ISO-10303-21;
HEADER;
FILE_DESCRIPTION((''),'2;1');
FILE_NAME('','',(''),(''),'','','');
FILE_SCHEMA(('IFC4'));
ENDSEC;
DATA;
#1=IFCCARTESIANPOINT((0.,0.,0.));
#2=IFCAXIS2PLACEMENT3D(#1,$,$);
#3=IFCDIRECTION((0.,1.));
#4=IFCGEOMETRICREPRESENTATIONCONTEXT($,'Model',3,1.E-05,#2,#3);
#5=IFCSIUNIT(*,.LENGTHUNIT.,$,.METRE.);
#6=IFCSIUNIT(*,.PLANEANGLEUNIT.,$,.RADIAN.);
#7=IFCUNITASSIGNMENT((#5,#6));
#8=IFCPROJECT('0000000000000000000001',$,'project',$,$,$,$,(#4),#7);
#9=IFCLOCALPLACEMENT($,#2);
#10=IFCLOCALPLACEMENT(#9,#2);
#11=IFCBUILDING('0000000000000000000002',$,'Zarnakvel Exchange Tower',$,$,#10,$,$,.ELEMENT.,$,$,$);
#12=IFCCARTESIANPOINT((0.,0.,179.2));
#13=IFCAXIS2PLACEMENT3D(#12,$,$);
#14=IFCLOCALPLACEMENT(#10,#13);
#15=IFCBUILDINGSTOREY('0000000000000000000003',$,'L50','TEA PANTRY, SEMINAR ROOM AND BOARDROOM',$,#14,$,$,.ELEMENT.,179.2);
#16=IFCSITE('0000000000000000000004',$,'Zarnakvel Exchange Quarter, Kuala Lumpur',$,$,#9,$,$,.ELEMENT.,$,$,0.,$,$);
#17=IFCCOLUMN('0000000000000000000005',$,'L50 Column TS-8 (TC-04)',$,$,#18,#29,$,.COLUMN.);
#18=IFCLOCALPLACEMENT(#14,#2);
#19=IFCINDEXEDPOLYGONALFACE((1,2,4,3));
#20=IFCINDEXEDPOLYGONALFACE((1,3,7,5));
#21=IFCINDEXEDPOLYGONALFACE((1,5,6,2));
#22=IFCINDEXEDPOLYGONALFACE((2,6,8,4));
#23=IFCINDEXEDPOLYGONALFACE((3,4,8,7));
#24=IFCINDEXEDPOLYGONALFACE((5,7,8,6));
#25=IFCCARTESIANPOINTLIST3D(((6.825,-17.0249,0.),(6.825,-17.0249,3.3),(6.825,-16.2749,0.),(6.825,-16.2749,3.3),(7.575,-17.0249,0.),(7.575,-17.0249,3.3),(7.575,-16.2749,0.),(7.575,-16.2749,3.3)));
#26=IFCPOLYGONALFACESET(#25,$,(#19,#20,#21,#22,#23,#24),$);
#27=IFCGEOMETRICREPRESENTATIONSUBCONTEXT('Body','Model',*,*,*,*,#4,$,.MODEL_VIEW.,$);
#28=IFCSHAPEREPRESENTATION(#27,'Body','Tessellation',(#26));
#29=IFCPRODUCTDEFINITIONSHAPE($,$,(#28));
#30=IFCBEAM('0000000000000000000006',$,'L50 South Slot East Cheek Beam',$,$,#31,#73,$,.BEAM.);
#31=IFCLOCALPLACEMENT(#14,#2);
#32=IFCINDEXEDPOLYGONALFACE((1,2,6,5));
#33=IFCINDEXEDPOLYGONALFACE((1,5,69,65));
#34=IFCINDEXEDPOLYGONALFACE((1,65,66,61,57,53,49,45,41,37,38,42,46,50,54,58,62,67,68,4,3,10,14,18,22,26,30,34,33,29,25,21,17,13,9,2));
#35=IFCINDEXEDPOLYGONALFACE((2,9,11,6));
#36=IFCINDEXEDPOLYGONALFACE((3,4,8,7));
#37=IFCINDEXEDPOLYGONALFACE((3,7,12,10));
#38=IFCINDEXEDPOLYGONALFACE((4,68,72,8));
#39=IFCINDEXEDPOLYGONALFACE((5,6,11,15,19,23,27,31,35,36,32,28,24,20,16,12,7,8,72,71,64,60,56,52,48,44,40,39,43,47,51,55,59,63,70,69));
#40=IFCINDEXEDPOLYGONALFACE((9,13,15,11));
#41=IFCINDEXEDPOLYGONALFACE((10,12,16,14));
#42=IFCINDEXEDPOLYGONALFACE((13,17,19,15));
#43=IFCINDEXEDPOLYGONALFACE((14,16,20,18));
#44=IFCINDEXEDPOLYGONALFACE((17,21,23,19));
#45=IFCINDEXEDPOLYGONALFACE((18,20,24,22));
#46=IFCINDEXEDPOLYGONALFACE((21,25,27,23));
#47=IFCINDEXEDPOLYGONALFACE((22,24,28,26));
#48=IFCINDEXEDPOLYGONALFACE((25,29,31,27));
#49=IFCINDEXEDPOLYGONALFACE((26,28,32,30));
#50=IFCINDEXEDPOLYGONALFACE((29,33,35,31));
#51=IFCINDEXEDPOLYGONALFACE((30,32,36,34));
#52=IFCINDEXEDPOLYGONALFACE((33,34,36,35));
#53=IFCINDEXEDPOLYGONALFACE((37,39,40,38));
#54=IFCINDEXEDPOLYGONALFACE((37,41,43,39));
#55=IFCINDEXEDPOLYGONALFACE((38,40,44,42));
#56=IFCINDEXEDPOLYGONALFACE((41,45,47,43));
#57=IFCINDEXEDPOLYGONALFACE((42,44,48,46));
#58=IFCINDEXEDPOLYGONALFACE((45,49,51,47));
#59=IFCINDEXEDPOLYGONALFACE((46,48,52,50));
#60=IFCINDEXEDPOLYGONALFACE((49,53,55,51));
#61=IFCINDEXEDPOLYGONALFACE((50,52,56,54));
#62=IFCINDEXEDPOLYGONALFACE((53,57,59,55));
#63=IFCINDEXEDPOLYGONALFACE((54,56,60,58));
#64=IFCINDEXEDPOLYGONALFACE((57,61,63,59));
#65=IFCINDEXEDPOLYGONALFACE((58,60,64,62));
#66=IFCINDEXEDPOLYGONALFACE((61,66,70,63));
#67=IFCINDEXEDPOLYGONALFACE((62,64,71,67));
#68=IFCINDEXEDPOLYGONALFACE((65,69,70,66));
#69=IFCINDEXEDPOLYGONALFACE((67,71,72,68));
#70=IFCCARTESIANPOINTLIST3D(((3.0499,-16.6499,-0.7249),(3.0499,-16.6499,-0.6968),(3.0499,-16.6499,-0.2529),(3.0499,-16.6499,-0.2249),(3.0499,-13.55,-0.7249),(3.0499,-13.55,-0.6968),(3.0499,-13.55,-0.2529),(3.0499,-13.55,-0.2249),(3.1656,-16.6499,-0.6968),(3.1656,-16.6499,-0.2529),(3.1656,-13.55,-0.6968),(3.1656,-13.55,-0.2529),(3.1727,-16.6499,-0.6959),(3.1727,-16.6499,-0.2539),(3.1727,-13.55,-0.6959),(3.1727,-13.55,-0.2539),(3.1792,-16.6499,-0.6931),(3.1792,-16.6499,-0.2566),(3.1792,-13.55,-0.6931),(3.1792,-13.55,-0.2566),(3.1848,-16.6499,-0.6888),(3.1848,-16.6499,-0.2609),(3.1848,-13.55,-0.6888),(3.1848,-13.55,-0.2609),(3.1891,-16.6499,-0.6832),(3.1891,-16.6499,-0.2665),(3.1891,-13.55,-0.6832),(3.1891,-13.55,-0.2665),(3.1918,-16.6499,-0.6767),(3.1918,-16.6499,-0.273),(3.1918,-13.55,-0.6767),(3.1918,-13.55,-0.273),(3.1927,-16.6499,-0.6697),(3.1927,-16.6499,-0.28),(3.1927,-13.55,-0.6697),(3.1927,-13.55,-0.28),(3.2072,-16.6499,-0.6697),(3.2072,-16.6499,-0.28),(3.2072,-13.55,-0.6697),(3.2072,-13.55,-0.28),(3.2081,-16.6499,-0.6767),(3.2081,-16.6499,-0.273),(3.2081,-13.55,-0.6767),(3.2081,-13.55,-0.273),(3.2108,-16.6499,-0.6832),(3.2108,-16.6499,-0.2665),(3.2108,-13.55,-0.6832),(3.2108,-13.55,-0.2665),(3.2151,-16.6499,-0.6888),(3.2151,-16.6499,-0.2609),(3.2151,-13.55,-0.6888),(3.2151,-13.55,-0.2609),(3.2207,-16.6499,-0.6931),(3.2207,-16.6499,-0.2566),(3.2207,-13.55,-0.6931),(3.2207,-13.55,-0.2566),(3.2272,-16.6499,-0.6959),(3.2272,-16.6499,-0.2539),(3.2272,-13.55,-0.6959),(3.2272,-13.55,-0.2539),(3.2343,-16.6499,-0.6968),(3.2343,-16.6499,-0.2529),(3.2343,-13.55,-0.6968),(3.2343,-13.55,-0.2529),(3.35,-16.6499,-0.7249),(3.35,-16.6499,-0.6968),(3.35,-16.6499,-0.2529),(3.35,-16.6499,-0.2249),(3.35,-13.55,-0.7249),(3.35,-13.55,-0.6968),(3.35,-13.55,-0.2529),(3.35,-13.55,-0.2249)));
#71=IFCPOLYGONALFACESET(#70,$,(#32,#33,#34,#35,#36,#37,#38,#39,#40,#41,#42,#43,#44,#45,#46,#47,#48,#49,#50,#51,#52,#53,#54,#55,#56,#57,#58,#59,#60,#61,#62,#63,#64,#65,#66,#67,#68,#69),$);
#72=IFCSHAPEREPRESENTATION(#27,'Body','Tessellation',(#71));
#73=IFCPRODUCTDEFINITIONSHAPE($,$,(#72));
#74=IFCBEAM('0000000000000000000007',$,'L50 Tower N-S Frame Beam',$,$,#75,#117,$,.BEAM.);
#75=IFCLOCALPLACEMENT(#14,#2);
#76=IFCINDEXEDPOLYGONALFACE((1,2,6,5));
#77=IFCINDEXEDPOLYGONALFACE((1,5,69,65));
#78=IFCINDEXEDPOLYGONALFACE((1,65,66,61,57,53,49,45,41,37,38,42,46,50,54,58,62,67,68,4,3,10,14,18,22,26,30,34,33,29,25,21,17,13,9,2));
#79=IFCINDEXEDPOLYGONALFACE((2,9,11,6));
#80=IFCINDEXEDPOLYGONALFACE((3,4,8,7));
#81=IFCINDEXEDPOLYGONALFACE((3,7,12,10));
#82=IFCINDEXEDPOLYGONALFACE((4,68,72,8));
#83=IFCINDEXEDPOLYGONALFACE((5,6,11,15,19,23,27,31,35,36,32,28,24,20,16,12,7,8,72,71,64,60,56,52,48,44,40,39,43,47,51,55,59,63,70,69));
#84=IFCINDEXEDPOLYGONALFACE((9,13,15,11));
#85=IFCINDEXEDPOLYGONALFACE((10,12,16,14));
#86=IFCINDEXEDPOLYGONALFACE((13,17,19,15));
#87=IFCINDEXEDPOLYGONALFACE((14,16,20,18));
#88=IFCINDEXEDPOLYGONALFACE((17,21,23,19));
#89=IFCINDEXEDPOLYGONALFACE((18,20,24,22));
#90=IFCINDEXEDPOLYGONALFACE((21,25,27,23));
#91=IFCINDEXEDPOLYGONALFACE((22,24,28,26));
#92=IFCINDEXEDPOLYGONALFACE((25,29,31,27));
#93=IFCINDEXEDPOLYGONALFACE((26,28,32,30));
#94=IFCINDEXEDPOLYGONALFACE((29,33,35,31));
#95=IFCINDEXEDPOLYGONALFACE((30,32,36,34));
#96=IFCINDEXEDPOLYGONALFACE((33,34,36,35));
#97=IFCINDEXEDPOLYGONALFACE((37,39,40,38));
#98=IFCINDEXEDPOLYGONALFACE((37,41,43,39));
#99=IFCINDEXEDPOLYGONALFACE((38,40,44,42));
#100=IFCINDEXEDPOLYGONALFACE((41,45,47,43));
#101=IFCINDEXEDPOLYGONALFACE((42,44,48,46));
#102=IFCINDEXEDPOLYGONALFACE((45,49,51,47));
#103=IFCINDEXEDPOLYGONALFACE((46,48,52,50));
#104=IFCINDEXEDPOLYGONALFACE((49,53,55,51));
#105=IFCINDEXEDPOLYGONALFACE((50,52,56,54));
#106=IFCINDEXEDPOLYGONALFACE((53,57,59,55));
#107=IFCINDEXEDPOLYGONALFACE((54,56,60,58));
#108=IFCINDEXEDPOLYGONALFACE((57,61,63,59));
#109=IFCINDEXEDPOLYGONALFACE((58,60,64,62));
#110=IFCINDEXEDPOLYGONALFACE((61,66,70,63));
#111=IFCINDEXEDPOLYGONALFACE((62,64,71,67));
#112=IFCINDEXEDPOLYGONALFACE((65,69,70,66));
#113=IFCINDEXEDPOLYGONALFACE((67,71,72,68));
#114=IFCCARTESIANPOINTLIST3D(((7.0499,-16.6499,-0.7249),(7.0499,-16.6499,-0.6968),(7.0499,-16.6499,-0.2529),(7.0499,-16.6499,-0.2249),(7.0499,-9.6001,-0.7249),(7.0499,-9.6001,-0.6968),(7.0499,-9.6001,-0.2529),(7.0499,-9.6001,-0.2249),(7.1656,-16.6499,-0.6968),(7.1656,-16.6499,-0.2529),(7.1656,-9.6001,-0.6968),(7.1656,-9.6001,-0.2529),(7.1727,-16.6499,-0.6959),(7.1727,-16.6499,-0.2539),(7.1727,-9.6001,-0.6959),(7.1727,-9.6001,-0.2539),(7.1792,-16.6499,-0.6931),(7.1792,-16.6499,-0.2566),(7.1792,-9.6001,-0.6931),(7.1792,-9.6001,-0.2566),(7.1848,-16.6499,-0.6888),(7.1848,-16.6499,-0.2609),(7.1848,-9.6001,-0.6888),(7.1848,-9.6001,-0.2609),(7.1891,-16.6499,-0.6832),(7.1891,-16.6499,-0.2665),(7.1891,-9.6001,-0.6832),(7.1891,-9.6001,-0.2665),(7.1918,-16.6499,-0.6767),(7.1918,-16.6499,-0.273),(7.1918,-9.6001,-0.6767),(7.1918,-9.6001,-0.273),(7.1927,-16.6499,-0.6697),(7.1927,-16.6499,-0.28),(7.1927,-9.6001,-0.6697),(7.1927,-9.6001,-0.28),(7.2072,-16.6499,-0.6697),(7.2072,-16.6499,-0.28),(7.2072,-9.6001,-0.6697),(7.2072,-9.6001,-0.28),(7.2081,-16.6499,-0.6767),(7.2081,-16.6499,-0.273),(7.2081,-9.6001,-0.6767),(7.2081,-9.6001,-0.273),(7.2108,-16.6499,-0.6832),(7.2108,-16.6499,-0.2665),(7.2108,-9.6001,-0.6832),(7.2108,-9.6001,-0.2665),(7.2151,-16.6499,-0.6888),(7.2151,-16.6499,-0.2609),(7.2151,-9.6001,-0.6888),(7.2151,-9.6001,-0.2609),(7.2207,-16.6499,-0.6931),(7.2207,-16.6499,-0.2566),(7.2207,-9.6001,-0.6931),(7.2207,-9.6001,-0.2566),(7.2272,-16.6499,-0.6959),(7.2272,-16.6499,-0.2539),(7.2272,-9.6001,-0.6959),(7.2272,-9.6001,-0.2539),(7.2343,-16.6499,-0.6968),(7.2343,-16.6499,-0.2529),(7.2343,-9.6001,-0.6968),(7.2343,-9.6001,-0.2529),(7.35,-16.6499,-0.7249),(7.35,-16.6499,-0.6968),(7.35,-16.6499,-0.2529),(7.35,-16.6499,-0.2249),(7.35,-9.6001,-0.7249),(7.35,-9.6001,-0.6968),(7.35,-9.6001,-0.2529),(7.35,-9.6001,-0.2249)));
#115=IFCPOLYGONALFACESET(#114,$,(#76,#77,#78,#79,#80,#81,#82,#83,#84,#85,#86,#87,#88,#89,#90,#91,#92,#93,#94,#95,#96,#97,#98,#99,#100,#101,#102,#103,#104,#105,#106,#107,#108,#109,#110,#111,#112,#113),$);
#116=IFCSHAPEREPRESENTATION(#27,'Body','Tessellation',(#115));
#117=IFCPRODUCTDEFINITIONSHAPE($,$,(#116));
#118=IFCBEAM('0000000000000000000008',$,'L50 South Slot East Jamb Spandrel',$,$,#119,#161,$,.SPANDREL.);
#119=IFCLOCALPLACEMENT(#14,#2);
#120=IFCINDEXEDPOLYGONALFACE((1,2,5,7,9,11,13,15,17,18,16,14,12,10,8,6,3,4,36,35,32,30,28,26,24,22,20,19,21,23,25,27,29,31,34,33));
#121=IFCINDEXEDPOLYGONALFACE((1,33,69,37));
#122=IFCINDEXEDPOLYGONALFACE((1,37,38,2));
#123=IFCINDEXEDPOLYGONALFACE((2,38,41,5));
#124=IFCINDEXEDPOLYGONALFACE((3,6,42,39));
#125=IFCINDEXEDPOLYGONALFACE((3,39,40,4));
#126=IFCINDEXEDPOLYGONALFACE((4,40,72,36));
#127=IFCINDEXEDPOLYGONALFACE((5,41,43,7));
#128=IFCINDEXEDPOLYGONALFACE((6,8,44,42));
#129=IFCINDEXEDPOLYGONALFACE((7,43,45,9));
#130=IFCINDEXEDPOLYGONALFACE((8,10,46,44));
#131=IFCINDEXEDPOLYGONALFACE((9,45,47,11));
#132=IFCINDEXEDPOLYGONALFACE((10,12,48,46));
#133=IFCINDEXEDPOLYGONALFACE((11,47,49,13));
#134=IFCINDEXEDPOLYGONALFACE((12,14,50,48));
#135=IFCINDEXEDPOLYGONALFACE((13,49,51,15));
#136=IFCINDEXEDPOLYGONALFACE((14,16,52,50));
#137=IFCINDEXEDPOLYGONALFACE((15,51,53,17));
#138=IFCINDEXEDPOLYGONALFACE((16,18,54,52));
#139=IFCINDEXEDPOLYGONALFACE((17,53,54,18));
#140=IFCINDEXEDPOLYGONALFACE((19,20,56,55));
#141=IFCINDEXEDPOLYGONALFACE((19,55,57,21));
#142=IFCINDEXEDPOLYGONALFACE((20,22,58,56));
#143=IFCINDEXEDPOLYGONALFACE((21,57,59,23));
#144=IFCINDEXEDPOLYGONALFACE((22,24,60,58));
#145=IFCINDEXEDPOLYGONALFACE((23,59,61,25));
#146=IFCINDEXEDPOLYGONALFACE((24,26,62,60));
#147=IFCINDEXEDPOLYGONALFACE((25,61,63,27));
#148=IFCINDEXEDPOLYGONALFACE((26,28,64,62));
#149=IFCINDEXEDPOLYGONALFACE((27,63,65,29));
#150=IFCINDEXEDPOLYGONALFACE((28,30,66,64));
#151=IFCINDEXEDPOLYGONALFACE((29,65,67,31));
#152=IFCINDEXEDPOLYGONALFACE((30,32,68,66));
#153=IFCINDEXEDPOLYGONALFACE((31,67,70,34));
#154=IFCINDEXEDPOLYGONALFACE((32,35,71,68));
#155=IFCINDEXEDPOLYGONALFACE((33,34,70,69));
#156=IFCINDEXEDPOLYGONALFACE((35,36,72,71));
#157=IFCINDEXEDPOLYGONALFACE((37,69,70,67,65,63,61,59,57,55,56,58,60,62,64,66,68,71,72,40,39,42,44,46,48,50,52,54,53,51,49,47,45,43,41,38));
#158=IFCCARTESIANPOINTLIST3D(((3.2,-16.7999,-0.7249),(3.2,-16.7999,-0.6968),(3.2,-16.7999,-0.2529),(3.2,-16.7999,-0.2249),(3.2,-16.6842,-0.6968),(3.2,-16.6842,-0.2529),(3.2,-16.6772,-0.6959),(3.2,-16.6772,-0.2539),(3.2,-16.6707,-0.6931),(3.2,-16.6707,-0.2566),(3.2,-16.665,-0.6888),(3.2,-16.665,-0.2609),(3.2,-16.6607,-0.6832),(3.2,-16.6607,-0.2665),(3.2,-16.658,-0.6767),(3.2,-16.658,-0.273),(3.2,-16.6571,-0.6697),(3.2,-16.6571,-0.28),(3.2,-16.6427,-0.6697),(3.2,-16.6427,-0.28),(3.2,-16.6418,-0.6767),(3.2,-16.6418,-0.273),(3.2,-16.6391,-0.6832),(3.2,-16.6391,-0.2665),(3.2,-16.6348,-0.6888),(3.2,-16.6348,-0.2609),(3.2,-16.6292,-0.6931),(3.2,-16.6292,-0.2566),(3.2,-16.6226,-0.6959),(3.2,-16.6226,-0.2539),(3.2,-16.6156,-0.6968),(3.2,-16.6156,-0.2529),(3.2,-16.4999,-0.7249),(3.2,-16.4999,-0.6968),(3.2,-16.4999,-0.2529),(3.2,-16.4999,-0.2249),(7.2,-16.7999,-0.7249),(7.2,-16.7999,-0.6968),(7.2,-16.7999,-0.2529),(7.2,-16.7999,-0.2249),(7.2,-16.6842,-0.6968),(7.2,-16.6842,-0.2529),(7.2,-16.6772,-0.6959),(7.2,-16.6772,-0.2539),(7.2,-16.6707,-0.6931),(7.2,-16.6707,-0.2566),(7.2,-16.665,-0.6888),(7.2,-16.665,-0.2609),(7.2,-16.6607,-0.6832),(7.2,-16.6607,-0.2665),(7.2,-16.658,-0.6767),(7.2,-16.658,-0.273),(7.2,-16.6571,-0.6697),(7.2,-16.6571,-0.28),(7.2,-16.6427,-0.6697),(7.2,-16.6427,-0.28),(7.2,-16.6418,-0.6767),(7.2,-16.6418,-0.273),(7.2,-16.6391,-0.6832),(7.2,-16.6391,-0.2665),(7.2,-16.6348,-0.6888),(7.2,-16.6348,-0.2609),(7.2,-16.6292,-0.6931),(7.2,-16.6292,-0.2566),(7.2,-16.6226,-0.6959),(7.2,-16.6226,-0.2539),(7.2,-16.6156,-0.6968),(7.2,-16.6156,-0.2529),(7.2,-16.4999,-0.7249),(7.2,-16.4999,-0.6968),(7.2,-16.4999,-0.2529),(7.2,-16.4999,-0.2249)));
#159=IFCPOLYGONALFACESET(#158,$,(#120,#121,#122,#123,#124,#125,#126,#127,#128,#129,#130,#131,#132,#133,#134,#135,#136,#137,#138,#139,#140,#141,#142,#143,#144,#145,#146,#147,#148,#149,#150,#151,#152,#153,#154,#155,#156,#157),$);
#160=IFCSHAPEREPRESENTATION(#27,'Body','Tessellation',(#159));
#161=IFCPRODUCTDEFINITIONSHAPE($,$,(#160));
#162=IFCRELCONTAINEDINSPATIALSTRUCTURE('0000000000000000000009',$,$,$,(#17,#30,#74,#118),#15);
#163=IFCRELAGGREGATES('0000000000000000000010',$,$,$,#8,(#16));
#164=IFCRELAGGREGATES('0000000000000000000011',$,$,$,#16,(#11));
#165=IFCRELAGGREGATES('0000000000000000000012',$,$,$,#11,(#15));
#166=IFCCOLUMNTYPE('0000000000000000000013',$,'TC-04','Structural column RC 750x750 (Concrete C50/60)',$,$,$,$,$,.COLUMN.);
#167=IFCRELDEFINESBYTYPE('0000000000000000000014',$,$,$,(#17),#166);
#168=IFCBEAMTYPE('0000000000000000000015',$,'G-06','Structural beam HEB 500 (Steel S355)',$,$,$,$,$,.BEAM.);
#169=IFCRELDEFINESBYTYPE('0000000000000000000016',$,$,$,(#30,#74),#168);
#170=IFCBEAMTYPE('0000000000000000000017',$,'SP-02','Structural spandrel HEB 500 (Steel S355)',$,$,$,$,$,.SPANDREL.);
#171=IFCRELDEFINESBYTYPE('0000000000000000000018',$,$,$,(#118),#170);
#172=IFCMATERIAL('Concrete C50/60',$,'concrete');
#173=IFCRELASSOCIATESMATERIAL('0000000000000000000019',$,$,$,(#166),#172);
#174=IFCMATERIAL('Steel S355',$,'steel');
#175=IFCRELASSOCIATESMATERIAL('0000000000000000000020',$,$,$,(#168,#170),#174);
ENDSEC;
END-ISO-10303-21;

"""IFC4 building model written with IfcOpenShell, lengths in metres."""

from ifc_helpers import new_model, si_unit, direction, frame, origin, origin_2d, place, context, subcontext, project, spatial, rectangle, i_section, extrude, material, material_profile, profile_set, type_object, element, save


model = new_model("IFC4")

# Units and contexts
model_context = context("Model", 3, precision=1e-05, world=origin(), true_north=direction((0.0, 1.0)))
body_context = subcontext(model_context, "Body", "Model", "MODEL_VIEW")
ifc_project = project(units=[si_unit("LENGTHUNIT", "METRE"), si_unit("PLANEANGLEUNIT", "RADIAN")], contexts=[model_context])

# Site, building, storey
site_placement = place(None, origin())
site = spatial("IfcSite", under=ifc_project, at=site_placement, Name="Zarnakvel Exchange Quarter, Kuala Lumpur", CompositionType="ELEMENT", RefElevation=0.0)
building_placement = place(site_placement, origin())
building = spatial("IfcBuilding", under=site, at=building_placement, Name="Zarnakvel Exchange Tower", CompositionType="ELEMENT")
storey_placement = place(building_placement, frame((0.0, 0.0, 179.2)))
storey = spatial("IfcBuildingStorey", under=building, at=storey_placement, Name="L50", Description="TEA PANTRY, SEMINAR ROOM AND BOARDROOM", CompositionType="ELEMENT", Elevation=179.2)

# Column
ifc_material_1 = material(Name="Concrete C50/60", Category="concrete")
ifc_material_profile_1 = material_profile(ifc_material_1, rectangle(XDim=0.75, YDim=0.75, at=origin_2d()))
ifc_profile_set_1 = profile_set([ifc_material_profile_1], Name="Concrete C50/60")
column_type = type_object("IfcColumnType", Name="TC-04", Description="Structural column RC 750x750 (Concrete C50/60)", PredefinedType="COLUMN", material=ifc_profile_set_1)
column_placement = place(storey_placement, frame((7.2, -16.6499, 0.0), z_axis=(0.0, 0.0, 1.0), x_axis=(1.0, 0.0, 0.0)))
element("IfcColumn", 1, at=column_placement, inside=storey, type_object=column_type, Name="L50 Column TS-8 (TC-04)", PredefinedType="COLUMN", context=body_context, shape_type="SweptSolid", body=[
    extrude(rectangle(XDim=0.75, YDim=0.75, at=origin_2d()), origin(), (0.0, 0.0, 1.0), 3.3),
])

# Beams
ifc_material_2 = material(Name="Steel S355", Category="steel")
ifc_material_profile_2 = material_profile(ifc_material_2, i_section(OverallWidth=0.3, OverallDepth=0.5, WebThickness=0.0144, FlangeThickness=0.0281, FilletRadius=0.0271, at=origin_2d()))
ifc_profile_set_2 = profile_set([ifc_material_profile_2], Name="Steel S355")
beam_type_1 = type_object("IfcBeamType", Name="G-06", Description="Structural beam HEB 500 (Steel S355)", PredefinedType="BEAM", material=ifc_profile_set_2)
beam_1_placement = place(storey_placement, frame((3.2, -16.6499, -0.4749), z_axis=(0.0, 1.0, 0.0), x_axis=(-1.0, 0.0, 0.0)))
element("IfcBeam", 2, at=beam_1_placement, inside=storey, type_object=beam_type_1, Name="L50 South Slot East Cheek Beam", PredefinedType="BEAM", context=body_context, shape_type="SweptSolid", body=[
    extrude(i_section(OverallWidth=0.3, OverallDepth=0.5, WebThickness=0.0144, FlangeThickness=0.0281, FilletRadius=0.0271, at=origin_2d()), origin(), (0.0, 0.0, 1.0), 3.0999),
])
beam_2_placement = place(storey_placement, frame((7.2, -16.6499, -0.4749), z_axis=(0.0, 1.0, 0.0), x_axis=(-1.0, 0.0, 0.0)))
element("IfcBeam", 3, at=beam_2_placement, inside=storey, type_object=beam_type_1, Name="L50 Tower N-S Frame Beam", PredefinedType="BEAM", context=body_context, shape_type="SweptSolid", body=[
    extrude(i_section(OverallWidth=0.3, OverallDepth=0.5, WebThickness=0.0144, FlangeThickness=0.0281, FilletRadius=0.0271, at=origin_2d()), origin(), (0.0, 0.0, 1.0), 7.0498),
])
ifc_material_profile_3 = material_profile(ifc_material_2, i_section(OverallWidth=0.3, OverallDepth=0.5, WebThickness=0.0144, FlangeThickness=0.0281, FilletRadius=0.0271, at=origin_2d()))
ifc_profile_set_3 = profile_set([ifc_material_profile_3], Name="Steel S355")
beam_type_2 = type_object("IfcBeamType", Name="SP-02", Description="Structural spandrel HEB 500 (Steel S355)", PredefinedType="SPANDREL", material=ifc_profile_set_3)
beam_3_placement = place(storey_placement, frame((3.2, -16.6499, -0.4749), z_axis=(1.0, 0.0, 0.0), x_axis=(0.0, 1.0, 0.0)))
element("IfcBeam", 4, at=beam_3_placement, inside=storey, type_object=beam_type_2, Name="L50 South Slot East Jamb Spandrel", PredefinedType="SPANDREL", context=body_context, shape_type="SweptSolid", body=[
    extrude(i_section(OverallWidth=0.3, OverallDepth=0.5, WebThickness=0.0144, FlangeThickness=0.0281, FilletRadius=0.0271, at=origin_2d()), origin(), (0.0, 0.0, 1.0), 4.0),
])

save(model, "model.ifc")
